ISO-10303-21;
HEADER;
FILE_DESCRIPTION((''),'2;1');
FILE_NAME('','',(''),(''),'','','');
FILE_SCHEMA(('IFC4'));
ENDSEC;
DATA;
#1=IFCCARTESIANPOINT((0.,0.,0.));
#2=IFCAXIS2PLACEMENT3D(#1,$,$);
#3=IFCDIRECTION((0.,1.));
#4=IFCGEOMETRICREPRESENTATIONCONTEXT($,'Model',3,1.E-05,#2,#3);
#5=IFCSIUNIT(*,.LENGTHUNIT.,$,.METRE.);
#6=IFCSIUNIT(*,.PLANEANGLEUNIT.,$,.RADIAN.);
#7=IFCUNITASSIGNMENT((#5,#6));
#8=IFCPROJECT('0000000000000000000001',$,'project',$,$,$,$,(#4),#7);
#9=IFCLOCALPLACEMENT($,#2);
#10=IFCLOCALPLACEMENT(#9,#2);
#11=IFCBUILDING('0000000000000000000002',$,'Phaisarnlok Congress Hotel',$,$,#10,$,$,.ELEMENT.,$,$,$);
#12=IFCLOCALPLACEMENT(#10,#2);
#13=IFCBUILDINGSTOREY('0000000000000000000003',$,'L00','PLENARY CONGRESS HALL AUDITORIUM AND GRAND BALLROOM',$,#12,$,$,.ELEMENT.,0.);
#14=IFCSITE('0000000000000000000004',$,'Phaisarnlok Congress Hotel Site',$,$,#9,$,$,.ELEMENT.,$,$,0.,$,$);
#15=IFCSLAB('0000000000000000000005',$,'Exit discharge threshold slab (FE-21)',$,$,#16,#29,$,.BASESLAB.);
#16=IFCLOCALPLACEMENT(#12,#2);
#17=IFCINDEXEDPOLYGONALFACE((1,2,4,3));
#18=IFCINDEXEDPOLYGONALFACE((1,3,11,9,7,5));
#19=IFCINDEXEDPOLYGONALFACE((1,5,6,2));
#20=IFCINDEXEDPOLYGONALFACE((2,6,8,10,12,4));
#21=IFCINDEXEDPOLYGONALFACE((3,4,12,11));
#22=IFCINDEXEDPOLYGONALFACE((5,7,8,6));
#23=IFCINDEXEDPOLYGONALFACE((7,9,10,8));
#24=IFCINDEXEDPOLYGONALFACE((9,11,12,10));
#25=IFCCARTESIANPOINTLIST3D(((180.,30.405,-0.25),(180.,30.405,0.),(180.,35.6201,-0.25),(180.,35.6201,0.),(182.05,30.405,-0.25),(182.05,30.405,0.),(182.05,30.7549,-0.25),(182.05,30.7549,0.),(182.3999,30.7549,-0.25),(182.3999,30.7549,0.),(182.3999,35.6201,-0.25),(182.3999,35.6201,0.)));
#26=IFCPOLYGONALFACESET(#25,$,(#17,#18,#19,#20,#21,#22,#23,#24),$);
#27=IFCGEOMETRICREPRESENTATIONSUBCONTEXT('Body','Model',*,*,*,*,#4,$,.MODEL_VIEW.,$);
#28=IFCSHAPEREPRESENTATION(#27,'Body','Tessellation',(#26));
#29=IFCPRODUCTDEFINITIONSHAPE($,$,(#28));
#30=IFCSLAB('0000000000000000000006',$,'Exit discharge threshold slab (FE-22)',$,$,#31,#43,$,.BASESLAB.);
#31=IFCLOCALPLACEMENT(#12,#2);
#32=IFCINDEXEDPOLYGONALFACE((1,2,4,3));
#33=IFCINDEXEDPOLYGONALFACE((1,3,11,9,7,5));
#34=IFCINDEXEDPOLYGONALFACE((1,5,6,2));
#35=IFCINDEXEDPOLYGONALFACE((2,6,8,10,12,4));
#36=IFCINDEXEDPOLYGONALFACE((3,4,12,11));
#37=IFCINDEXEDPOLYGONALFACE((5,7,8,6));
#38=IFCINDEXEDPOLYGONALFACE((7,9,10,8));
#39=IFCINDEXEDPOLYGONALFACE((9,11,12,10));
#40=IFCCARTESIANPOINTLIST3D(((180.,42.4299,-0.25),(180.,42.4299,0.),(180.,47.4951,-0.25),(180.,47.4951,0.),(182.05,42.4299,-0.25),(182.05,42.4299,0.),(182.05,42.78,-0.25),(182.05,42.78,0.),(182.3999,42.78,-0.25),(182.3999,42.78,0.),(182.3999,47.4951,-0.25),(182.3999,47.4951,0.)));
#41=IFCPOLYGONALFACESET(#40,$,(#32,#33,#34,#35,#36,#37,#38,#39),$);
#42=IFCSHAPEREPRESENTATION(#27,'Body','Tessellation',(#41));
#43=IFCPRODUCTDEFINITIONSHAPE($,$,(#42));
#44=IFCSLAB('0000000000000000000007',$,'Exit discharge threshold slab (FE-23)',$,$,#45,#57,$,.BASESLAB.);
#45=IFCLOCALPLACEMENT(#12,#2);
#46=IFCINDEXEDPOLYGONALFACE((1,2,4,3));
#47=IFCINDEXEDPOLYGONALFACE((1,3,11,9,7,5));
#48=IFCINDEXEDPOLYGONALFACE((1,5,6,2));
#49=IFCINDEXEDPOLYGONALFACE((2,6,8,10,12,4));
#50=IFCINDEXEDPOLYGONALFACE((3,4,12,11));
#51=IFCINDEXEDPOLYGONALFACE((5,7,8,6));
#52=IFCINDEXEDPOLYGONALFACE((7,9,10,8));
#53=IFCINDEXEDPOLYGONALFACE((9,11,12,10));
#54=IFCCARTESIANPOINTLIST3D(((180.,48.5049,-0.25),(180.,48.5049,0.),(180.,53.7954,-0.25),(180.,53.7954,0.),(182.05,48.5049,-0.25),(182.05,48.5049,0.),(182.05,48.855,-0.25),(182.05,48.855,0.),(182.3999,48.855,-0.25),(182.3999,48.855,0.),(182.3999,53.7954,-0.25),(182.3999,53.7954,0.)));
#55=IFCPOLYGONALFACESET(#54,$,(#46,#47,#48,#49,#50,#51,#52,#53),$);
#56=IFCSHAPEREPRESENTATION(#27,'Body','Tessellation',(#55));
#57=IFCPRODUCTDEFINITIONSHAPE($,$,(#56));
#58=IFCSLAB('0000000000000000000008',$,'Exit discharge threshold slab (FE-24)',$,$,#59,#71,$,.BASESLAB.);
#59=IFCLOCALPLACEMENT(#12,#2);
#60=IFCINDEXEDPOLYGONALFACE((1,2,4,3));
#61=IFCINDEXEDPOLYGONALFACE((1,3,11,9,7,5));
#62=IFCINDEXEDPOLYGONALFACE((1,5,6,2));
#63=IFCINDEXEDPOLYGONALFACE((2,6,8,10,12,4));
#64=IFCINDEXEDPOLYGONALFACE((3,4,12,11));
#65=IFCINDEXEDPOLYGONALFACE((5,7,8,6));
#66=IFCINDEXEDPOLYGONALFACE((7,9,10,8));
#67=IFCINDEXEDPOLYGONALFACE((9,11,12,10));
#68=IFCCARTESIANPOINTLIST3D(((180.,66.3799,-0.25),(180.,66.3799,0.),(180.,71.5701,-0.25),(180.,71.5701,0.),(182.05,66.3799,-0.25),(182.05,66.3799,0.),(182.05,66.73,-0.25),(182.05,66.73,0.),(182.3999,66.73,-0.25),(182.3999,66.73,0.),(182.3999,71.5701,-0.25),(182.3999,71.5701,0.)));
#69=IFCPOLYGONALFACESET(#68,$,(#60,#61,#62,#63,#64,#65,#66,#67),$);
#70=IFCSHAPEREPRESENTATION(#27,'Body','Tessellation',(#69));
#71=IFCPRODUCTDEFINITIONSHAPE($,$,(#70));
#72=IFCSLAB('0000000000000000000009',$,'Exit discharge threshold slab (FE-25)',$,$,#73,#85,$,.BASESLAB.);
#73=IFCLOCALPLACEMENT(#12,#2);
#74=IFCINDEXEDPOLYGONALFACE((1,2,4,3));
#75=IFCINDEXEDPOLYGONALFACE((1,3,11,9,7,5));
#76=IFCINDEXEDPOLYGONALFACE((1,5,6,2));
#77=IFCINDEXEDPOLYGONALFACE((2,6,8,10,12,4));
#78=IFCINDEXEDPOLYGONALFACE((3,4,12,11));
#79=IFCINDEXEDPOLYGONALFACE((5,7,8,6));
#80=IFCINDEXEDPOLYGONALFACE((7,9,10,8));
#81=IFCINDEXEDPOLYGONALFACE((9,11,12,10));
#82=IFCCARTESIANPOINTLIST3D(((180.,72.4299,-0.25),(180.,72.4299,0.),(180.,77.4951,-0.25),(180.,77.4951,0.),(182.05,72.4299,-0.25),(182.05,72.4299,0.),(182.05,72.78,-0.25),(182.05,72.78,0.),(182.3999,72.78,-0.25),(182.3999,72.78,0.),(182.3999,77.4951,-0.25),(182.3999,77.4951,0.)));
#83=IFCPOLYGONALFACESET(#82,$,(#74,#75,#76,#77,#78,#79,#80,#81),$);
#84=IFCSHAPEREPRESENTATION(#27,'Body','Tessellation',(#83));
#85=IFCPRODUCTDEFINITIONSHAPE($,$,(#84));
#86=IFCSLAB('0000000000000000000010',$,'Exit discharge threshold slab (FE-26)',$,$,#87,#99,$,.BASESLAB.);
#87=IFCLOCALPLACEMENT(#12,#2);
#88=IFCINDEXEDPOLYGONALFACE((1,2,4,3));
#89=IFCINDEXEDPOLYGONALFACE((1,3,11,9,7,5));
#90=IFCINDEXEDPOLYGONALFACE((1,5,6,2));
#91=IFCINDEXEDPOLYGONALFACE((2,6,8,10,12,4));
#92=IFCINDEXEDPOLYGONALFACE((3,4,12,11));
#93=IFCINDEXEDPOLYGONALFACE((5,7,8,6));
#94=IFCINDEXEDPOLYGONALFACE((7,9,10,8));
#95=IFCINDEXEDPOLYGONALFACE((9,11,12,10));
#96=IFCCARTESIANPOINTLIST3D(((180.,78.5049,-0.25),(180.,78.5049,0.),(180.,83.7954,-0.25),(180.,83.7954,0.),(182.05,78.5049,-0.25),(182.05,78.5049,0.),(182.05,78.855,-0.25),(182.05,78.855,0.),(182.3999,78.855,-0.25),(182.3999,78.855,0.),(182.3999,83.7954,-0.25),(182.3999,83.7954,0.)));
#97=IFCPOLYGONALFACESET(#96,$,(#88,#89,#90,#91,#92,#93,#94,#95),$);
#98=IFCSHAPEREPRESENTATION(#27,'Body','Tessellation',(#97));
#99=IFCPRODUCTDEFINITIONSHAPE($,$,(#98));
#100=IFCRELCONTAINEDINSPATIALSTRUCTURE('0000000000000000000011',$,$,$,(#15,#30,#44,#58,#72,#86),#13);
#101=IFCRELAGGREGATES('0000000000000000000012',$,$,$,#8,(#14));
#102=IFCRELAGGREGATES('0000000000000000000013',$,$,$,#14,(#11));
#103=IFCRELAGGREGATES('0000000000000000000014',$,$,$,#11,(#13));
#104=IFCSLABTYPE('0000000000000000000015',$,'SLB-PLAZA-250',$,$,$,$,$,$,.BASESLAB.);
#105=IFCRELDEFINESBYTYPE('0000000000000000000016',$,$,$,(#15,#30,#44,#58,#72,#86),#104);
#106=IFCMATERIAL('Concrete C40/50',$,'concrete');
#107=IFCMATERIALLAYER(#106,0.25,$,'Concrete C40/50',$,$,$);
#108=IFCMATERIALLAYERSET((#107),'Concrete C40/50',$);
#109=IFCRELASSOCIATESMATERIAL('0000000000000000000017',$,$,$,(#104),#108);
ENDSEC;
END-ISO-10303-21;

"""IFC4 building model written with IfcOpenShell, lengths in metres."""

from ifc_helpers import new_model, si_unit, direction, frame, origin, place, context, subcontext, project, spatial, polyline, outline, extrude, material, layer, layer_set, type_object, element, save


model = new_model("IFC4")

# Units and contexts
model_context = context("Model", 3, precision=1e-05, world=origin(), true_north=direction((0.0, 1.0)))
body_context = subcontext(model_context, "Body", "Model", "MODEL_VIEW")
ifc_project = project(units=[si_unit("LENGTHUNIT", "METRE"), si_unit("PLANEANGLEUNIT", "RADIAN")], contexts=[model_context])

# Site, building, storey
site_placement = place(None, origin())
site = spatial("IfcSite", under=ifc_project, at=site_placement, Name="Phaisarnlok Congress Hotel Site", CompositionType="ELEMENT", RefElevation=0.0)
building_placement = place(site_placement, origin())
building = spatial("IfcBuilding", under=site, at=building_placement, Name="Phaisarnlok Congress Hotel", CompositionType="ELEMENT")
storey_placement = place(building_placement, origin())
storey = spatial("IfcBuildingStorey", under=building, at=storey_placement, Name="L00", Description="PLENARY CONGRESS HALL AUDITORIUM AND GRAND BALLROOM", CompositionType="ELEMENT", Elevation=0.0)

# Slabs
ifc_material = material(Name="Concrete C40/50", Category="concrete")
ifc_layer_1 = layer(ifc_material, 0.25, Name="Concrete C40/50")
ifc_layer_set_1 = layer_set([ifc_layer_1], Name="Concrete C40/50")
slab_type_1 = type_object("IfcSlabType", Name="SLB-PLAZA-250", PredefinedType="BASESLAB", material=ifc_layer_set_1)
slab_1_placement = place(storey_placement, frame((0.0, 0.0, -0.25)))
element("IfcSlab", 1, at=slab_1_placement, inside=storey, type_object=slab_type_1, Name="Exit discharge threshold slab (FE-21)", PredefinedType="BASESLAB", context=body_context, shape_type="SweptSolid", body=[
    extrude(outline(polyline([(180.0, 30.405), (182.05, 30.405), (182.05, 30.7549), (182.3999, 30.7549), (182.3999, 35.6201), (180.0, 35.6201), (180.0, 30.405)])), origin(), (0.0, 0.0, 1.0), 0.25),
])
slab_2_placement = place(storey_placement, frame((0.0, 0.0, -0.25)))
element("IfcSlab", 2, at=slab_2_placement, inside=storey, type_object=slab_type_1, Name="Exit discharge threshold slab (FE-22)", PredefinedType="BASESLAB", context=body_context, shape_type="SweptSolid", body=[
    extrude(outline(polyline([(180.0, 42.4299), (182.05, 42.4299), (182.05, 42.78), (182.3999, 42.78), (182.3999, 47.4951), (180.0, 47.4951), (180.0, 42.4299)])), origin(), (0.0, 0.0, 1.0), 0.25),
])
slab_3_placement = place(storey_placement, frame((0.0, 0.0, -0.25)))
element("IfcSlab", 3, at=slab_3_placement, inside=storey, type_object=slab_type_1, Name="Exit discharge threshold slab (FE-23)", PredefinedType="BASESLAB", context=body_context, shape_type="SweptSolid", body=[
    extrude(outline(polyline([(180.0, 48.5049), (182.05, 48.5049), (182.05, 48.855), (182.3999, 48.855), (182.3999, 53.7954), (180.0, 53.7954), (180.0, 48.5049)])), origin(), (0.0, 0.0, 1.0), 0.25),
])
slab_4_placement = place(storey_placement, frame((0.0, 0.0, -0.25)))
element("IfcSlab", 4, at=slab_4_placement, inside=storey, type_object=slab_type_1, Name="Exit discharge threshold slab (FE-24)", PredefinedType="BASESLAB", context=body_context, shape_type="SweptSolid", body=[
    extrude(outline(polyline([(180.0, 66.3799), (182.05, 66.3799), (182.05, 66.73), (182.3999, 66.73), (182.3999, 71.5701), (180.0, 71.5701), (180.0, 66.3799)])), origin(), (0.0, 0.0, 1.0), 0.25),
])
slab_5_placement = place(storey_placement, frame((0.0, 0.0, -0.25)))
element("IfcSlab", 5, at=slab_5_placement, inside=storey, type_object=slab_type_1, Name="Exit discharge threshold slab (FE-25)", PredefinedType="BASESLAB", context=body_context, shape_type="SweptSolid", body=[
    extrude(outline(polyline([(180.0, 72.4299), (182.05, 72.4299), (182.05, 72.78), (182.3999, 72.78), (182.3999, 77.4951), (180.0, 77.4951), (180.0, 72.4299)])), origin(), (0.0, 0.0, 1.0), 0.25),
])
slab_6_placement = place(storey_placement, frame((0.0, 0.0, -0.25)))
element("IfcSlab", 6, at=slab_6_placement, inside=storey, type_object=slab_type_1, Name="Exit discharge threshold slab (FE-26)", PredefinedType="BASESLAB", context=body_context, shape_type="SweptSolid", body=[
    extrude(outline(polyline([(180.0, 78.5049), (182.05, 78.5049), (182.05, 78.855), (182.3999, 78.855), (182.3999, 83.7954), (180.0, 83.7954), (180.0, 78.5049)])), origin(), (0.0, 0.0, 1.0), 0.25),
])

save(model, "model.ifc")
